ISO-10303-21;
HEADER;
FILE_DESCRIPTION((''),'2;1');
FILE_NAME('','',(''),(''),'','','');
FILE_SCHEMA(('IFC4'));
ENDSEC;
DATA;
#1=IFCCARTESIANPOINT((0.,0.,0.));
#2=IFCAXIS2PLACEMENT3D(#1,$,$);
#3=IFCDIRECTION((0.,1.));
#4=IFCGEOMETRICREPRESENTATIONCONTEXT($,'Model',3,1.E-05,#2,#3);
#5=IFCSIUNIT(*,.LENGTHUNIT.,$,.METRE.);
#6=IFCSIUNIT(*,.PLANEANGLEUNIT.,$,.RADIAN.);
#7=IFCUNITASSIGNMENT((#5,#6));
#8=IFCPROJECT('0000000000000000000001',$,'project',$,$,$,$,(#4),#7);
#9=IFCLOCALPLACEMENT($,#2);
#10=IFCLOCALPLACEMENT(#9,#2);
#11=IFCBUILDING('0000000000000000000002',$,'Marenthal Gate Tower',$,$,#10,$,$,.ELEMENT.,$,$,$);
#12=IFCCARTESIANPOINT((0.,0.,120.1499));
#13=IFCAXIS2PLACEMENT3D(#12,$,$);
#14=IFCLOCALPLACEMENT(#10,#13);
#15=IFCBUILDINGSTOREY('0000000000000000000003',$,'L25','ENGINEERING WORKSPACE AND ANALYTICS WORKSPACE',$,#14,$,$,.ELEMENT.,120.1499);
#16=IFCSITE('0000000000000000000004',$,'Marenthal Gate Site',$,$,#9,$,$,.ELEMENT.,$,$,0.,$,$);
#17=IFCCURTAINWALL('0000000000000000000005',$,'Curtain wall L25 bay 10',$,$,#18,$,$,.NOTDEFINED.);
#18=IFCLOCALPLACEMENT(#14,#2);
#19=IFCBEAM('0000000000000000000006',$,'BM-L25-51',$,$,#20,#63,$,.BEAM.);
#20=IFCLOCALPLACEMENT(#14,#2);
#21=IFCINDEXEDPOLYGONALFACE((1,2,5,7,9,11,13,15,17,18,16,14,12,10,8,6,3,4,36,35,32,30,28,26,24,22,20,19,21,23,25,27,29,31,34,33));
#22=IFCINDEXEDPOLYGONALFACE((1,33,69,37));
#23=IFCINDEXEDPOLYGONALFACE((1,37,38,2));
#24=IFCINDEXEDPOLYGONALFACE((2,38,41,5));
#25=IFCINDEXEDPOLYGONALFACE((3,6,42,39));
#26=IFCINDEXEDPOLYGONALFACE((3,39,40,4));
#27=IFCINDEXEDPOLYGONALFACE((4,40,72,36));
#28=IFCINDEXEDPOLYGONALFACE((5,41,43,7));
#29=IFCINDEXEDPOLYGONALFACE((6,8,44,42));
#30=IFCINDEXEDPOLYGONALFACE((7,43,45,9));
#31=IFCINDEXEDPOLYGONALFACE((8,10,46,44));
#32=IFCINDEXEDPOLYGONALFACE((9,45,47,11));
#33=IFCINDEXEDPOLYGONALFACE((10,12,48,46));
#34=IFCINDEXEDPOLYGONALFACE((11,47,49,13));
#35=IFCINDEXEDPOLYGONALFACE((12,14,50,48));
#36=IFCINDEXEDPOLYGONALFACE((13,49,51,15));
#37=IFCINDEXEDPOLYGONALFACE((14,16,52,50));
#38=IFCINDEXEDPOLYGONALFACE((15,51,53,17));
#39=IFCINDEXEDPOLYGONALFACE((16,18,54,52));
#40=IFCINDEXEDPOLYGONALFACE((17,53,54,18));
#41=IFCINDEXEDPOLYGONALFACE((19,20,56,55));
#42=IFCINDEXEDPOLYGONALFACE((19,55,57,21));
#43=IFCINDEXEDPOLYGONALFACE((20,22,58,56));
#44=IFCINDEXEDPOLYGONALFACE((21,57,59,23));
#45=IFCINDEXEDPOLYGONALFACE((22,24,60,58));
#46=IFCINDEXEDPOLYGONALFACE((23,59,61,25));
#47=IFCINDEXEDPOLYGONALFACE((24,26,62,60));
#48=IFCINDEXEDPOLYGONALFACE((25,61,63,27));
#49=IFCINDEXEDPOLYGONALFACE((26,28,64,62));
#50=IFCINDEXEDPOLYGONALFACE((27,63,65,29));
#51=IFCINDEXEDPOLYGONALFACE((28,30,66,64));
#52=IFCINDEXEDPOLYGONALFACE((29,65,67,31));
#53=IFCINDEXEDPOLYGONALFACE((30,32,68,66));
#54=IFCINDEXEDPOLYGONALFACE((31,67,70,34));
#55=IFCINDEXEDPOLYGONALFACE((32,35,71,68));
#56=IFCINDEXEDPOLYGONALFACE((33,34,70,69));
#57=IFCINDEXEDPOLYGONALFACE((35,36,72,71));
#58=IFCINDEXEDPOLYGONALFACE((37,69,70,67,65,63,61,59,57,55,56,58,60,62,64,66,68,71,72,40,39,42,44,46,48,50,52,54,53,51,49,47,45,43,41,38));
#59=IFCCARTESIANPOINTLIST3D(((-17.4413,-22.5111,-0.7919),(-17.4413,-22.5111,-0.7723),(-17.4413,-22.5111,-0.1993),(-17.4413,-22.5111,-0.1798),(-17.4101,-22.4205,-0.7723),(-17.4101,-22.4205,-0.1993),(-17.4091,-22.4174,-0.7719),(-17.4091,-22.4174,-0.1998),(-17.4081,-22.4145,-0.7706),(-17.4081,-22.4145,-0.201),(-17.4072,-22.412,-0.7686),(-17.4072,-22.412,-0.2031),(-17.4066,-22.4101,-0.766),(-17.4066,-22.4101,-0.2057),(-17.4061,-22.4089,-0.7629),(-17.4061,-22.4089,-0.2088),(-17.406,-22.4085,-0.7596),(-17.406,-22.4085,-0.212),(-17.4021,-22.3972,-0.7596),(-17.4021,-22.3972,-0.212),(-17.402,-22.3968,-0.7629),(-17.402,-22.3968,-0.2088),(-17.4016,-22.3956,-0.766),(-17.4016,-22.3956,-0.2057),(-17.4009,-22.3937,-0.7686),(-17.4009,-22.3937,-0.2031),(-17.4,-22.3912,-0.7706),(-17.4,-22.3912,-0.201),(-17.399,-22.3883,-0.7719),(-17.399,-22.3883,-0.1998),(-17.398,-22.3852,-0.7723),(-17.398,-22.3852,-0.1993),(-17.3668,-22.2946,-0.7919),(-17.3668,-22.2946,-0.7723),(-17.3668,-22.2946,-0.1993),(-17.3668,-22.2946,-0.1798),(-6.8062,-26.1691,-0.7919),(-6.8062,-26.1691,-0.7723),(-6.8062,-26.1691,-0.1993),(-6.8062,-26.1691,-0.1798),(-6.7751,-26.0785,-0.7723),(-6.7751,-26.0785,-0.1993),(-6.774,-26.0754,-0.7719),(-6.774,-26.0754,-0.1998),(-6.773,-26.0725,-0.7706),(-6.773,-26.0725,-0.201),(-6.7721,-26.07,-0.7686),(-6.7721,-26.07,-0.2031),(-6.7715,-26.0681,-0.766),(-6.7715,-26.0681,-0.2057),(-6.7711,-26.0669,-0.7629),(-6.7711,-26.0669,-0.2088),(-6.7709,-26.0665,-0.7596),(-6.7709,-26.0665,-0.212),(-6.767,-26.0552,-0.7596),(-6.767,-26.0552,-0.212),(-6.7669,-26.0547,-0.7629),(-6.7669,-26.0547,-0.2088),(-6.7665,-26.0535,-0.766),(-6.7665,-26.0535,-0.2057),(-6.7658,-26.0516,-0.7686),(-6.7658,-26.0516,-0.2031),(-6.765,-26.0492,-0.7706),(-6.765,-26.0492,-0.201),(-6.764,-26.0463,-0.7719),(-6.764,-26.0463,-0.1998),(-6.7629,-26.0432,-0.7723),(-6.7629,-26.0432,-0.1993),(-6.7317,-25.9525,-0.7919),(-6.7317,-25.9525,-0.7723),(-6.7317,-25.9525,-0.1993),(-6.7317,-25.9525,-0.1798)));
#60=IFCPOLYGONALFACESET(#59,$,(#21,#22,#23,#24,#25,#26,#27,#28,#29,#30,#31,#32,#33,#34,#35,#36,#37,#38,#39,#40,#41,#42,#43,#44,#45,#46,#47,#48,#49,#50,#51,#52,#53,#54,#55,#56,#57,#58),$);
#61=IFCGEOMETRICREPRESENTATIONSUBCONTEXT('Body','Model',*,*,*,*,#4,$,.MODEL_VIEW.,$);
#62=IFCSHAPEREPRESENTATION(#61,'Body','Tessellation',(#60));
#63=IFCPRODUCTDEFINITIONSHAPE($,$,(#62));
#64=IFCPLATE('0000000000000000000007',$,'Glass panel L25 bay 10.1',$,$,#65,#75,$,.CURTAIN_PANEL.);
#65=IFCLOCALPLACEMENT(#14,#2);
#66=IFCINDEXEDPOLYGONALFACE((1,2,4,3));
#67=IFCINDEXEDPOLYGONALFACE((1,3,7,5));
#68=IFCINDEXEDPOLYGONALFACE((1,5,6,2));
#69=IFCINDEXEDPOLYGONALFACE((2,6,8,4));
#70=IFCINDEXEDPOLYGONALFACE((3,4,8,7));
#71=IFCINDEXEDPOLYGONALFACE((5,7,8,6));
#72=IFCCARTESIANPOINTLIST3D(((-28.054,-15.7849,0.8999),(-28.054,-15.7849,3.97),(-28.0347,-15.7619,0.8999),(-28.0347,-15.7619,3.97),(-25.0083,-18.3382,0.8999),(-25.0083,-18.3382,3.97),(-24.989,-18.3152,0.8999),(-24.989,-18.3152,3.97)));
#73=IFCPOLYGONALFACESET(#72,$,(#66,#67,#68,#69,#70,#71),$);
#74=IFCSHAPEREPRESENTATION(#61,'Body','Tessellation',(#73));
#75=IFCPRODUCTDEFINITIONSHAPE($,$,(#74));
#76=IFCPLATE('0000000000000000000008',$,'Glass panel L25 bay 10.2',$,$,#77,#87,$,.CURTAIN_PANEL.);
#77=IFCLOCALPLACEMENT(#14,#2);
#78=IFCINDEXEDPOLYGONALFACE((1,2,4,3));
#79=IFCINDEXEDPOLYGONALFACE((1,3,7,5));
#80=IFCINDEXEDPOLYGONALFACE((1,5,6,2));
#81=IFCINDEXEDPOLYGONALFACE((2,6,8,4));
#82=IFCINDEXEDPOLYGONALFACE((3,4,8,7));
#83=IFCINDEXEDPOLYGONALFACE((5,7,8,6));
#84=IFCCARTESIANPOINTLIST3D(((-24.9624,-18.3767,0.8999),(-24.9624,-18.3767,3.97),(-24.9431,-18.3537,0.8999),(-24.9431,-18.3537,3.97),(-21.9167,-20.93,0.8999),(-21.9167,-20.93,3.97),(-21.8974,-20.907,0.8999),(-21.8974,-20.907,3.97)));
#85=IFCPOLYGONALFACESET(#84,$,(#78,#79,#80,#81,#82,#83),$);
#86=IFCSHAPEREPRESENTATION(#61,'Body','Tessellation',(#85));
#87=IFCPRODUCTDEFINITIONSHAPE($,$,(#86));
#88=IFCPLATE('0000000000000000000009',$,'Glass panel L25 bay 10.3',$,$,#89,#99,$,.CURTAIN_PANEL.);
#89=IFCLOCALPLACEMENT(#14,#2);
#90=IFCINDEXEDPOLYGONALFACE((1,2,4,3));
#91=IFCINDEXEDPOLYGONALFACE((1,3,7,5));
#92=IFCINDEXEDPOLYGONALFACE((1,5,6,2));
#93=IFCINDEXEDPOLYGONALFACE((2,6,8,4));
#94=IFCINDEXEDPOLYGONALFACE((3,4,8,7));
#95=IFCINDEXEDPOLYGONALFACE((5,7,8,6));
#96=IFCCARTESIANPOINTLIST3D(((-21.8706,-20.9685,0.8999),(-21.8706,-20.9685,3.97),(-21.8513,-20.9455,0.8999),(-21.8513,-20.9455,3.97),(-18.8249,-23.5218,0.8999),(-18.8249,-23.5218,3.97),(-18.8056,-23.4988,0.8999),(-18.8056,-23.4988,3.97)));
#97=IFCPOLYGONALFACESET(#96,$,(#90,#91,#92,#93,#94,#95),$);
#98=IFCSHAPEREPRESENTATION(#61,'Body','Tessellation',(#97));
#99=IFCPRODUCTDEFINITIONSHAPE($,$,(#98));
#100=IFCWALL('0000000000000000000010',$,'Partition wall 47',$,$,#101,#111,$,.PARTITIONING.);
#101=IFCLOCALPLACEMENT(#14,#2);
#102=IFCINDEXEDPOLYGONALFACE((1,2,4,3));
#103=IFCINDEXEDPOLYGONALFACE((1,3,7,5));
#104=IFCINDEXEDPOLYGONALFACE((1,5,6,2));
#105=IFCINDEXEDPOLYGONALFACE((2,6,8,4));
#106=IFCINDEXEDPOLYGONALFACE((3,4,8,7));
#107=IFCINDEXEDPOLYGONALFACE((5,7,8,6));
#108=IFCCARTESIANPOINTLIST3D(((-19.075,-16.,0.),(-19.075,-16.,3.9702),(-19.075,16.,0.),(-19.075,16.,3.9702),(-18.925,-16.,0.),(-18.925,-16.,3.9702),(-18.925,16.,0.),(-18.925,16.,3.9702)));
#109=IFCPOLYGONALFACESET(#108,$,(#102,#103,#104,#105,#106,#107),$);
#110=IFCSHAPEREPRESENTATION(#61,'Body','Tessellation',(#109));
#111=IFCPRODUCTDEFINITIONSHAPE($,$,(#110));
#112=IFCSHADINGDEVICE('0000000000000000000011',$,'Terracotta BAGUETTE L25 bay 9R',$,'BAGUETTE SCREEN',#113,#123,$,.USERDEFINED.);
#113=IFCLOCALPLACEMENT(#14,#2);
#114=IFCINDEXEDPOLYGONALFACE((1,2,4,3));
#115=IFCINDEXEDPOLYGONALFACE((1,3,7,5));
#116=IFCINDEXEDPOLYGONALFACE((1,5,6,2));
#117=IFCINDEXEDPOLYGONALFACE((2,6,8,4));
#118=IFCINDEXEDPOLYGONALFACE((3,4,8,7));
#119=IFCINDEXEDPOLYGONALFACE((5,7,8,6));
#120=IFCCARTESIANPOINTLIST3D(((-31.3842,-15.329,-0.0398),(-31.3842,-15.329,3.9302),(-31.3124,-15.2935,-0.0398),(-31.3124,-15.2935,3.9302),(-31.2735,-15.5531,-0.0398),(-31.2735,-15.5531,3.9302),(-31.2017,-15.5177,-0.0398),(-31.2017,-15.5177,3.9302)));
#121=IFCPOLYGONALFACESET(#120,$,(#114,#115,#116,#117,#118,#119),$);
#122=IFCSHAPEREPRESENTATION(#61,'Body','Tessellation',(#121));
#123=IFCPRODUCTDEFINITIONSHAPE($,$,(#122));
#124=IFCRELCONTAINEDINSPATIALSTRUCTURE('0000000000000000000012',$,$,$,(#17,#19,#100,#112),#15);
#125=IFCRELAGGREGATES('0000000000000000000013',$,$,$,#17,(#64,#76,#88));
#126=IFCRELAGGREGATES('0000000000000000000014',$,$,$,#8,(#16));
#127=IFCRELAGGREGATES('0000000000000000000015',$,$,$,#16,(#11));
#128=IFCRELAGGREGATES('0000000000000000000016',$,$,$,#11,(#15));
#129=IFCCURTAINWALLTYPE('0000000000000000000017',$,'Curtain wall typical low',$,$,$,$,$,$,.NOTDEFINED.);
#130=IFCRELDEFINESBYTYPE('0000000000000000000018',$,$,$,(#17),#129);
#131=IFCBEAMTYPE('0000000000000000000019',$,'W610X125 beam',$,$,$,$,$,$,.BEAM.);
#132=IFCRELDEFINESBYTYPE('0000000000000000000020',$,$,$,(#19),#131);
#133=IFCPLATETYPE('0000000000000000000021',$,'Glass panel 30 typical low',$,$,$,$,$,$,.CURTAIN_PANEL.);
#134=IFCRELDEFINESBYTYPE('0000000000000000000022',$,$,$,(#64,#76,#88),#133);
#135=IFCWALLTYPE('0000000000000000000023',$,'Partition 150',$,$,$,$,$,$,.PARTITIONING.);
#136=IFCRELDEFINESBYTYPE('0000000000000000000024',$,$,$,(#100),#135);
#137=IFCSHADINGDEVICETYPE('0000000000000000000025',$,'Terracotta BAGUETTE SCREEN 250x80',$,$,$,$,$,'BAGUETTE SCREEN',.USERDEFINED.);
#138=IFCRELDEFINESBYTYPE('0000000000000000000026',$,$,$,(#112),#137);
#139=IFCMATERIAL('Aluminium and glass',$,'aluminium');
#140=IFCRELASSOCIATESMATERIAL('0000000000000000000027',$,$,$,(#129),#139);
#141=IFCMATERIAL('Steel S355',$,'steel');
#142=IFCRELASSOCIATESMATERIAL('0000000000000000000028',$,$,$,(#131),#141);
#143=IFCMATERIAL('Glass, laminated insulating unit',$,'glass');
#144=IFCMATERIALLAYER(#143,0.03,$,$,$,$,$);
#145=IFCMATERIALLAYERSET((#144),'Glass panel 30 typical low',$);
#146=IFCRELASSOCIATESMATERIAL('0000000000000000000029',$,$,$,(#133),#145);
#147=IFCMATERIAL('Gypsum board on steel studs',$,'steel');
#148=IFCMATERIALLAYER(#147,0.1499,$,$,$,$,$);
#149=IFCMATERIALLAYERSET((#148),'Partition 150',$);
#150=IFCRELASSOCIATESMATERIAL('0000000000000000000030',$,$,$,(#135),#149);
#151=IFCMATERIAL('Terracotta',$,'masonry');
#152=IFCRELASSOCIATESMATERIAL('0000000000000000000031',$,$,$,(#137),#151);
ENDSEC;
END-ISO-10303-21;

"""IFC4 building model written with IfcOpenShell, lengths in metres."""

from ifc_helpers import new_model, si_unit, direction, frame, frame_2d, origin, origin_2d, place, context, subcontext, project, spatial, rectangle, i_section, extrude, material, layer, layer_set, material_profile, profile_set, type_object, element, aggregate, save


model = new_model("IFC4")

# Units and contexts
model_context = context("Model", 3, precision=1e-05, world=origin(), true_north=direction((0.0, 1.0)))
body_context = subcontext(model_context, "Body", "Model", "MODEL_VIEW")
ifc_project = project(units=[si_unit("LENGTHUNIT", "METRE"), si_unit("PLANEANGLEUNIT", "RADIAN")], contexts=[model_context])

# Site, building, storey
site_placement = place(None, origin())
site = spatial("IfcSite", under=ifc_project, at=site_placement, Name="Marenthal Gate Site", CompositionType="ELEMENT", RefElevation=0.0)
building_placement = place(site_placement, origin())
building = spatial("IfcBuilding", under=site, at=building_placement, Name="Marenthal Gate Tower", CompositionType="ELEMENT")
storey_placement = place(building_placement, frame((0.0, 0.0, 120.1499)))
storey = spatial("IfcBuildingStorey", under=building, at=storey_placement, Name="L25", Description="ENGINEERING WORKSPACE AND ANALYTICS WORKSPACE", CompositionType="ELEMENT", Elevation=120.1499)

# Curtain wall
ifc_material_1 = material(Name="Aluminium and glass", Category="aluminium")
curtain_wall_type = type_object("IfcCurtainWallType", Name="Curtain wall typical low", PredefinedType="NOTDEFINED", material=ifc_material_1)
curtain_wall_placement = place(storey_placement, origin())
curtain_wall = element("IfcCurtainWall", 1, at=curtain_wall_placement, inside=storey, type_object=curtain_wall_type, Name="Curtain wall L25 bay 10", PredefinedType="NOTDEFINED")

# Beam
ifc_material_2 = material(Name="Steel S355", Category="steel")
ifc_material_profile_1 = material_profile(ifc_material_2, i_section(OverallWidth=0.229, OverallDepth=0.6121, WebThickness=0.012, FlangeThickness=0.0195, FilletRadius=0.0127, at=origin_2d()), Name="W610X125")
ifc_profile_set_1 = profile_set([ifc_material_profile_1], Name="Steel S355")
beam_type_1 = type_object("IfcBeamType", Name="W610X125 beam", PredefinedType="BEAM", material=ifc_profile_set_1)
beam_1_placement = place(storey_placement, frame((-17.4041, -22.4028, -0.4858), z_axis=(0.945627, -0.325253, 0.0), x_axis=(0.325253, 0.945627, 0.0)))
element("IfcBeam", 2, at=beam_1_placement, inside=storey, type_object=beam_type_1, Name="BM-L25-51", PredefinedType="BEAM", context=body_context, shape_type="SweptSolid", body=[
    extrude(i_section(OverallWidth=0.229, OverallDepth=0.6121, WebThickness=0.012, FlangeThickness=0.0195, FilletRadius=0.0127, at=origin_2d()), origin(), (0.0, 0.0, 1.0), 11.2466),
])

# Plates
ifc_material_3 = material(Name="Glass, laminated insulating unit", Category="glass")
ifc_layer_1 = layer(ifc_material_3, 0.03)
ifc_layer_set_1 = layer_set([ifc_layer_1], Name="Glass panel 30 typical low")
plate_type = type_object("IfcPlateType", Name="Glass panel 30 typical low", PredefinedType="CURTAIN_PANEL", material=ifc_layer_set_1)
plate_1_placement = place(storey_placement, frame((-26.5215, -17.05, 0.8999), z_axis=(0.0, 0.0, 1.0), x_axis=(0.766338, -0.642438, 0.0)))
plate_1 = element("IfcPlate", 3, at=plate_1_placement, type_object=plate_type, Name="Glass panel L25 bay 10.1", PredefinedType="CURTAIN_PANEL", context=body_context, shape_type="SweptSolid", body=[
    extrude(rectangle(XDim=3.9744, YDim=0.03, at=origin_2d()), origin(), (0.0, 0.0, 1.0), 3.0701),
])
plate_2_placement = place(storey_placement, frame((-23.4299, -19.6418, 0.8999), z_axis=(0.0, 0.0, 1.0), x_axis=(0.766338, -0.642438, 0.0)))
plate_2 = element("IfcPlate", 4, at=plate_2_placement, type_object=plate_type, Name="Glass panel L25 bay 10.2", PredefinedType="CURTAIN_PANEL", context=body_context, shape_type="SweptSolid", body=[
    extrude(rectangle(XDim=3.9744, YDim=0.03, at=origin_2d()), origin(), (0.0, 0.0, 1.0), 3.0701),
])
plate_3_placement = place(storey_placement, frame((-20.3381, -22.2336, 0.8999), z_axis=(0.0, 0.0, 1.0), x_axis=(0.766338, -0.642438, 0.0)))
plate_3 = element("IfcPlate", 5, at=plate_3_placement, type_object=plate_type, Name="Glass panel L25 bay 10.3", PredefinedType="CURTAIN_PANEL", context=body_context, shape_type="SweptSolid", body=[
    extrude(rectangle(XDim=3.9744, YDim=0.03, at=origin_2d()), origin(), (0.0, 0.0, 1.0), 3.0701),
])
aggregate(curtain_wall, [plate_1, plate_2, plate_3])

# Wall
ifc_material_4 = material(Name="Gypsum board on steel studs", Category="steel")
ifc_layer_2 = layer(ifc_material_4, 0.1499)
ifc_layer_set_2 = layer_set([ifc_layer_2], Name="Partition 150")
wall_type_1 = type_object("IfcWallType", Name="Partition 150", PredefinedType="PARTITIONING", material=ifc_layer_set_2)
wall_1_placement = place(storey_placement, frame((-19.0, -16.0, 0.0), z_axis=(0.0, 0.0, 1.0), x_axis=(0.0, 1.0, 0.0)))
element("IfcWall", 6, at=wall_1_placement, inside=storey, type_object=wall_type_1, Name="Partition wall 47", PredefinedType="PARTITIONING", context=body_context, shape_type="SweptSolid", body=[
    extrude(rectangle(XDim=32.0, YDim=0.1499, at=frame_2d((16.0, 0.0))), origin(), (0.0, 0.0, 1.0), 3.9702),
])

# Shading device
ifc_material_5 = material(Name="Terracotta", Category="masonry")
ifc_material_profile_2 = material_profile(ifc_material_5, rectangle(XDim=0.25, YDim=0.0801, at=origin_2d()), Name="Terracotta baguette 250x80")
ifc_profile_set_2 = profile_set([ifc_material_profile_2], Name="Terracotta")
shading_device_type = type_object("IfcShadingDeviceType", Name="Terracotta BAGUETTE SCREEN 250x80", ElementType="BAGUETTE SCREEN", PredefinedType="USERDEFINED", material=ifc_profile_set_2)
shading_device_placement = place(storey_placement, frame((-31.293, -15.4233, -0.0398), z_axis=(0.0, 0.0, 1.0), x_axis=(0.442658, -0.896691, 0.0)))
element("IfcShadingDevice", 7, at=shading_device_placement, inside=storey, type_object=shading_device_type, Name="Terracotta BAGUETTE L25 bay 9R", ObjectType="BAGUETTE SCREEN", PredefinedType="USERDEFINED", context=body_context, shape_type="SweptSolid", body=[
    extrude(rectangle(XDim=0.25, YDim=0.0801, at=origin_2d()), origin(), (0.0, 0.0, 1.0), 3.97),
])

save(model, "model.ifc")
